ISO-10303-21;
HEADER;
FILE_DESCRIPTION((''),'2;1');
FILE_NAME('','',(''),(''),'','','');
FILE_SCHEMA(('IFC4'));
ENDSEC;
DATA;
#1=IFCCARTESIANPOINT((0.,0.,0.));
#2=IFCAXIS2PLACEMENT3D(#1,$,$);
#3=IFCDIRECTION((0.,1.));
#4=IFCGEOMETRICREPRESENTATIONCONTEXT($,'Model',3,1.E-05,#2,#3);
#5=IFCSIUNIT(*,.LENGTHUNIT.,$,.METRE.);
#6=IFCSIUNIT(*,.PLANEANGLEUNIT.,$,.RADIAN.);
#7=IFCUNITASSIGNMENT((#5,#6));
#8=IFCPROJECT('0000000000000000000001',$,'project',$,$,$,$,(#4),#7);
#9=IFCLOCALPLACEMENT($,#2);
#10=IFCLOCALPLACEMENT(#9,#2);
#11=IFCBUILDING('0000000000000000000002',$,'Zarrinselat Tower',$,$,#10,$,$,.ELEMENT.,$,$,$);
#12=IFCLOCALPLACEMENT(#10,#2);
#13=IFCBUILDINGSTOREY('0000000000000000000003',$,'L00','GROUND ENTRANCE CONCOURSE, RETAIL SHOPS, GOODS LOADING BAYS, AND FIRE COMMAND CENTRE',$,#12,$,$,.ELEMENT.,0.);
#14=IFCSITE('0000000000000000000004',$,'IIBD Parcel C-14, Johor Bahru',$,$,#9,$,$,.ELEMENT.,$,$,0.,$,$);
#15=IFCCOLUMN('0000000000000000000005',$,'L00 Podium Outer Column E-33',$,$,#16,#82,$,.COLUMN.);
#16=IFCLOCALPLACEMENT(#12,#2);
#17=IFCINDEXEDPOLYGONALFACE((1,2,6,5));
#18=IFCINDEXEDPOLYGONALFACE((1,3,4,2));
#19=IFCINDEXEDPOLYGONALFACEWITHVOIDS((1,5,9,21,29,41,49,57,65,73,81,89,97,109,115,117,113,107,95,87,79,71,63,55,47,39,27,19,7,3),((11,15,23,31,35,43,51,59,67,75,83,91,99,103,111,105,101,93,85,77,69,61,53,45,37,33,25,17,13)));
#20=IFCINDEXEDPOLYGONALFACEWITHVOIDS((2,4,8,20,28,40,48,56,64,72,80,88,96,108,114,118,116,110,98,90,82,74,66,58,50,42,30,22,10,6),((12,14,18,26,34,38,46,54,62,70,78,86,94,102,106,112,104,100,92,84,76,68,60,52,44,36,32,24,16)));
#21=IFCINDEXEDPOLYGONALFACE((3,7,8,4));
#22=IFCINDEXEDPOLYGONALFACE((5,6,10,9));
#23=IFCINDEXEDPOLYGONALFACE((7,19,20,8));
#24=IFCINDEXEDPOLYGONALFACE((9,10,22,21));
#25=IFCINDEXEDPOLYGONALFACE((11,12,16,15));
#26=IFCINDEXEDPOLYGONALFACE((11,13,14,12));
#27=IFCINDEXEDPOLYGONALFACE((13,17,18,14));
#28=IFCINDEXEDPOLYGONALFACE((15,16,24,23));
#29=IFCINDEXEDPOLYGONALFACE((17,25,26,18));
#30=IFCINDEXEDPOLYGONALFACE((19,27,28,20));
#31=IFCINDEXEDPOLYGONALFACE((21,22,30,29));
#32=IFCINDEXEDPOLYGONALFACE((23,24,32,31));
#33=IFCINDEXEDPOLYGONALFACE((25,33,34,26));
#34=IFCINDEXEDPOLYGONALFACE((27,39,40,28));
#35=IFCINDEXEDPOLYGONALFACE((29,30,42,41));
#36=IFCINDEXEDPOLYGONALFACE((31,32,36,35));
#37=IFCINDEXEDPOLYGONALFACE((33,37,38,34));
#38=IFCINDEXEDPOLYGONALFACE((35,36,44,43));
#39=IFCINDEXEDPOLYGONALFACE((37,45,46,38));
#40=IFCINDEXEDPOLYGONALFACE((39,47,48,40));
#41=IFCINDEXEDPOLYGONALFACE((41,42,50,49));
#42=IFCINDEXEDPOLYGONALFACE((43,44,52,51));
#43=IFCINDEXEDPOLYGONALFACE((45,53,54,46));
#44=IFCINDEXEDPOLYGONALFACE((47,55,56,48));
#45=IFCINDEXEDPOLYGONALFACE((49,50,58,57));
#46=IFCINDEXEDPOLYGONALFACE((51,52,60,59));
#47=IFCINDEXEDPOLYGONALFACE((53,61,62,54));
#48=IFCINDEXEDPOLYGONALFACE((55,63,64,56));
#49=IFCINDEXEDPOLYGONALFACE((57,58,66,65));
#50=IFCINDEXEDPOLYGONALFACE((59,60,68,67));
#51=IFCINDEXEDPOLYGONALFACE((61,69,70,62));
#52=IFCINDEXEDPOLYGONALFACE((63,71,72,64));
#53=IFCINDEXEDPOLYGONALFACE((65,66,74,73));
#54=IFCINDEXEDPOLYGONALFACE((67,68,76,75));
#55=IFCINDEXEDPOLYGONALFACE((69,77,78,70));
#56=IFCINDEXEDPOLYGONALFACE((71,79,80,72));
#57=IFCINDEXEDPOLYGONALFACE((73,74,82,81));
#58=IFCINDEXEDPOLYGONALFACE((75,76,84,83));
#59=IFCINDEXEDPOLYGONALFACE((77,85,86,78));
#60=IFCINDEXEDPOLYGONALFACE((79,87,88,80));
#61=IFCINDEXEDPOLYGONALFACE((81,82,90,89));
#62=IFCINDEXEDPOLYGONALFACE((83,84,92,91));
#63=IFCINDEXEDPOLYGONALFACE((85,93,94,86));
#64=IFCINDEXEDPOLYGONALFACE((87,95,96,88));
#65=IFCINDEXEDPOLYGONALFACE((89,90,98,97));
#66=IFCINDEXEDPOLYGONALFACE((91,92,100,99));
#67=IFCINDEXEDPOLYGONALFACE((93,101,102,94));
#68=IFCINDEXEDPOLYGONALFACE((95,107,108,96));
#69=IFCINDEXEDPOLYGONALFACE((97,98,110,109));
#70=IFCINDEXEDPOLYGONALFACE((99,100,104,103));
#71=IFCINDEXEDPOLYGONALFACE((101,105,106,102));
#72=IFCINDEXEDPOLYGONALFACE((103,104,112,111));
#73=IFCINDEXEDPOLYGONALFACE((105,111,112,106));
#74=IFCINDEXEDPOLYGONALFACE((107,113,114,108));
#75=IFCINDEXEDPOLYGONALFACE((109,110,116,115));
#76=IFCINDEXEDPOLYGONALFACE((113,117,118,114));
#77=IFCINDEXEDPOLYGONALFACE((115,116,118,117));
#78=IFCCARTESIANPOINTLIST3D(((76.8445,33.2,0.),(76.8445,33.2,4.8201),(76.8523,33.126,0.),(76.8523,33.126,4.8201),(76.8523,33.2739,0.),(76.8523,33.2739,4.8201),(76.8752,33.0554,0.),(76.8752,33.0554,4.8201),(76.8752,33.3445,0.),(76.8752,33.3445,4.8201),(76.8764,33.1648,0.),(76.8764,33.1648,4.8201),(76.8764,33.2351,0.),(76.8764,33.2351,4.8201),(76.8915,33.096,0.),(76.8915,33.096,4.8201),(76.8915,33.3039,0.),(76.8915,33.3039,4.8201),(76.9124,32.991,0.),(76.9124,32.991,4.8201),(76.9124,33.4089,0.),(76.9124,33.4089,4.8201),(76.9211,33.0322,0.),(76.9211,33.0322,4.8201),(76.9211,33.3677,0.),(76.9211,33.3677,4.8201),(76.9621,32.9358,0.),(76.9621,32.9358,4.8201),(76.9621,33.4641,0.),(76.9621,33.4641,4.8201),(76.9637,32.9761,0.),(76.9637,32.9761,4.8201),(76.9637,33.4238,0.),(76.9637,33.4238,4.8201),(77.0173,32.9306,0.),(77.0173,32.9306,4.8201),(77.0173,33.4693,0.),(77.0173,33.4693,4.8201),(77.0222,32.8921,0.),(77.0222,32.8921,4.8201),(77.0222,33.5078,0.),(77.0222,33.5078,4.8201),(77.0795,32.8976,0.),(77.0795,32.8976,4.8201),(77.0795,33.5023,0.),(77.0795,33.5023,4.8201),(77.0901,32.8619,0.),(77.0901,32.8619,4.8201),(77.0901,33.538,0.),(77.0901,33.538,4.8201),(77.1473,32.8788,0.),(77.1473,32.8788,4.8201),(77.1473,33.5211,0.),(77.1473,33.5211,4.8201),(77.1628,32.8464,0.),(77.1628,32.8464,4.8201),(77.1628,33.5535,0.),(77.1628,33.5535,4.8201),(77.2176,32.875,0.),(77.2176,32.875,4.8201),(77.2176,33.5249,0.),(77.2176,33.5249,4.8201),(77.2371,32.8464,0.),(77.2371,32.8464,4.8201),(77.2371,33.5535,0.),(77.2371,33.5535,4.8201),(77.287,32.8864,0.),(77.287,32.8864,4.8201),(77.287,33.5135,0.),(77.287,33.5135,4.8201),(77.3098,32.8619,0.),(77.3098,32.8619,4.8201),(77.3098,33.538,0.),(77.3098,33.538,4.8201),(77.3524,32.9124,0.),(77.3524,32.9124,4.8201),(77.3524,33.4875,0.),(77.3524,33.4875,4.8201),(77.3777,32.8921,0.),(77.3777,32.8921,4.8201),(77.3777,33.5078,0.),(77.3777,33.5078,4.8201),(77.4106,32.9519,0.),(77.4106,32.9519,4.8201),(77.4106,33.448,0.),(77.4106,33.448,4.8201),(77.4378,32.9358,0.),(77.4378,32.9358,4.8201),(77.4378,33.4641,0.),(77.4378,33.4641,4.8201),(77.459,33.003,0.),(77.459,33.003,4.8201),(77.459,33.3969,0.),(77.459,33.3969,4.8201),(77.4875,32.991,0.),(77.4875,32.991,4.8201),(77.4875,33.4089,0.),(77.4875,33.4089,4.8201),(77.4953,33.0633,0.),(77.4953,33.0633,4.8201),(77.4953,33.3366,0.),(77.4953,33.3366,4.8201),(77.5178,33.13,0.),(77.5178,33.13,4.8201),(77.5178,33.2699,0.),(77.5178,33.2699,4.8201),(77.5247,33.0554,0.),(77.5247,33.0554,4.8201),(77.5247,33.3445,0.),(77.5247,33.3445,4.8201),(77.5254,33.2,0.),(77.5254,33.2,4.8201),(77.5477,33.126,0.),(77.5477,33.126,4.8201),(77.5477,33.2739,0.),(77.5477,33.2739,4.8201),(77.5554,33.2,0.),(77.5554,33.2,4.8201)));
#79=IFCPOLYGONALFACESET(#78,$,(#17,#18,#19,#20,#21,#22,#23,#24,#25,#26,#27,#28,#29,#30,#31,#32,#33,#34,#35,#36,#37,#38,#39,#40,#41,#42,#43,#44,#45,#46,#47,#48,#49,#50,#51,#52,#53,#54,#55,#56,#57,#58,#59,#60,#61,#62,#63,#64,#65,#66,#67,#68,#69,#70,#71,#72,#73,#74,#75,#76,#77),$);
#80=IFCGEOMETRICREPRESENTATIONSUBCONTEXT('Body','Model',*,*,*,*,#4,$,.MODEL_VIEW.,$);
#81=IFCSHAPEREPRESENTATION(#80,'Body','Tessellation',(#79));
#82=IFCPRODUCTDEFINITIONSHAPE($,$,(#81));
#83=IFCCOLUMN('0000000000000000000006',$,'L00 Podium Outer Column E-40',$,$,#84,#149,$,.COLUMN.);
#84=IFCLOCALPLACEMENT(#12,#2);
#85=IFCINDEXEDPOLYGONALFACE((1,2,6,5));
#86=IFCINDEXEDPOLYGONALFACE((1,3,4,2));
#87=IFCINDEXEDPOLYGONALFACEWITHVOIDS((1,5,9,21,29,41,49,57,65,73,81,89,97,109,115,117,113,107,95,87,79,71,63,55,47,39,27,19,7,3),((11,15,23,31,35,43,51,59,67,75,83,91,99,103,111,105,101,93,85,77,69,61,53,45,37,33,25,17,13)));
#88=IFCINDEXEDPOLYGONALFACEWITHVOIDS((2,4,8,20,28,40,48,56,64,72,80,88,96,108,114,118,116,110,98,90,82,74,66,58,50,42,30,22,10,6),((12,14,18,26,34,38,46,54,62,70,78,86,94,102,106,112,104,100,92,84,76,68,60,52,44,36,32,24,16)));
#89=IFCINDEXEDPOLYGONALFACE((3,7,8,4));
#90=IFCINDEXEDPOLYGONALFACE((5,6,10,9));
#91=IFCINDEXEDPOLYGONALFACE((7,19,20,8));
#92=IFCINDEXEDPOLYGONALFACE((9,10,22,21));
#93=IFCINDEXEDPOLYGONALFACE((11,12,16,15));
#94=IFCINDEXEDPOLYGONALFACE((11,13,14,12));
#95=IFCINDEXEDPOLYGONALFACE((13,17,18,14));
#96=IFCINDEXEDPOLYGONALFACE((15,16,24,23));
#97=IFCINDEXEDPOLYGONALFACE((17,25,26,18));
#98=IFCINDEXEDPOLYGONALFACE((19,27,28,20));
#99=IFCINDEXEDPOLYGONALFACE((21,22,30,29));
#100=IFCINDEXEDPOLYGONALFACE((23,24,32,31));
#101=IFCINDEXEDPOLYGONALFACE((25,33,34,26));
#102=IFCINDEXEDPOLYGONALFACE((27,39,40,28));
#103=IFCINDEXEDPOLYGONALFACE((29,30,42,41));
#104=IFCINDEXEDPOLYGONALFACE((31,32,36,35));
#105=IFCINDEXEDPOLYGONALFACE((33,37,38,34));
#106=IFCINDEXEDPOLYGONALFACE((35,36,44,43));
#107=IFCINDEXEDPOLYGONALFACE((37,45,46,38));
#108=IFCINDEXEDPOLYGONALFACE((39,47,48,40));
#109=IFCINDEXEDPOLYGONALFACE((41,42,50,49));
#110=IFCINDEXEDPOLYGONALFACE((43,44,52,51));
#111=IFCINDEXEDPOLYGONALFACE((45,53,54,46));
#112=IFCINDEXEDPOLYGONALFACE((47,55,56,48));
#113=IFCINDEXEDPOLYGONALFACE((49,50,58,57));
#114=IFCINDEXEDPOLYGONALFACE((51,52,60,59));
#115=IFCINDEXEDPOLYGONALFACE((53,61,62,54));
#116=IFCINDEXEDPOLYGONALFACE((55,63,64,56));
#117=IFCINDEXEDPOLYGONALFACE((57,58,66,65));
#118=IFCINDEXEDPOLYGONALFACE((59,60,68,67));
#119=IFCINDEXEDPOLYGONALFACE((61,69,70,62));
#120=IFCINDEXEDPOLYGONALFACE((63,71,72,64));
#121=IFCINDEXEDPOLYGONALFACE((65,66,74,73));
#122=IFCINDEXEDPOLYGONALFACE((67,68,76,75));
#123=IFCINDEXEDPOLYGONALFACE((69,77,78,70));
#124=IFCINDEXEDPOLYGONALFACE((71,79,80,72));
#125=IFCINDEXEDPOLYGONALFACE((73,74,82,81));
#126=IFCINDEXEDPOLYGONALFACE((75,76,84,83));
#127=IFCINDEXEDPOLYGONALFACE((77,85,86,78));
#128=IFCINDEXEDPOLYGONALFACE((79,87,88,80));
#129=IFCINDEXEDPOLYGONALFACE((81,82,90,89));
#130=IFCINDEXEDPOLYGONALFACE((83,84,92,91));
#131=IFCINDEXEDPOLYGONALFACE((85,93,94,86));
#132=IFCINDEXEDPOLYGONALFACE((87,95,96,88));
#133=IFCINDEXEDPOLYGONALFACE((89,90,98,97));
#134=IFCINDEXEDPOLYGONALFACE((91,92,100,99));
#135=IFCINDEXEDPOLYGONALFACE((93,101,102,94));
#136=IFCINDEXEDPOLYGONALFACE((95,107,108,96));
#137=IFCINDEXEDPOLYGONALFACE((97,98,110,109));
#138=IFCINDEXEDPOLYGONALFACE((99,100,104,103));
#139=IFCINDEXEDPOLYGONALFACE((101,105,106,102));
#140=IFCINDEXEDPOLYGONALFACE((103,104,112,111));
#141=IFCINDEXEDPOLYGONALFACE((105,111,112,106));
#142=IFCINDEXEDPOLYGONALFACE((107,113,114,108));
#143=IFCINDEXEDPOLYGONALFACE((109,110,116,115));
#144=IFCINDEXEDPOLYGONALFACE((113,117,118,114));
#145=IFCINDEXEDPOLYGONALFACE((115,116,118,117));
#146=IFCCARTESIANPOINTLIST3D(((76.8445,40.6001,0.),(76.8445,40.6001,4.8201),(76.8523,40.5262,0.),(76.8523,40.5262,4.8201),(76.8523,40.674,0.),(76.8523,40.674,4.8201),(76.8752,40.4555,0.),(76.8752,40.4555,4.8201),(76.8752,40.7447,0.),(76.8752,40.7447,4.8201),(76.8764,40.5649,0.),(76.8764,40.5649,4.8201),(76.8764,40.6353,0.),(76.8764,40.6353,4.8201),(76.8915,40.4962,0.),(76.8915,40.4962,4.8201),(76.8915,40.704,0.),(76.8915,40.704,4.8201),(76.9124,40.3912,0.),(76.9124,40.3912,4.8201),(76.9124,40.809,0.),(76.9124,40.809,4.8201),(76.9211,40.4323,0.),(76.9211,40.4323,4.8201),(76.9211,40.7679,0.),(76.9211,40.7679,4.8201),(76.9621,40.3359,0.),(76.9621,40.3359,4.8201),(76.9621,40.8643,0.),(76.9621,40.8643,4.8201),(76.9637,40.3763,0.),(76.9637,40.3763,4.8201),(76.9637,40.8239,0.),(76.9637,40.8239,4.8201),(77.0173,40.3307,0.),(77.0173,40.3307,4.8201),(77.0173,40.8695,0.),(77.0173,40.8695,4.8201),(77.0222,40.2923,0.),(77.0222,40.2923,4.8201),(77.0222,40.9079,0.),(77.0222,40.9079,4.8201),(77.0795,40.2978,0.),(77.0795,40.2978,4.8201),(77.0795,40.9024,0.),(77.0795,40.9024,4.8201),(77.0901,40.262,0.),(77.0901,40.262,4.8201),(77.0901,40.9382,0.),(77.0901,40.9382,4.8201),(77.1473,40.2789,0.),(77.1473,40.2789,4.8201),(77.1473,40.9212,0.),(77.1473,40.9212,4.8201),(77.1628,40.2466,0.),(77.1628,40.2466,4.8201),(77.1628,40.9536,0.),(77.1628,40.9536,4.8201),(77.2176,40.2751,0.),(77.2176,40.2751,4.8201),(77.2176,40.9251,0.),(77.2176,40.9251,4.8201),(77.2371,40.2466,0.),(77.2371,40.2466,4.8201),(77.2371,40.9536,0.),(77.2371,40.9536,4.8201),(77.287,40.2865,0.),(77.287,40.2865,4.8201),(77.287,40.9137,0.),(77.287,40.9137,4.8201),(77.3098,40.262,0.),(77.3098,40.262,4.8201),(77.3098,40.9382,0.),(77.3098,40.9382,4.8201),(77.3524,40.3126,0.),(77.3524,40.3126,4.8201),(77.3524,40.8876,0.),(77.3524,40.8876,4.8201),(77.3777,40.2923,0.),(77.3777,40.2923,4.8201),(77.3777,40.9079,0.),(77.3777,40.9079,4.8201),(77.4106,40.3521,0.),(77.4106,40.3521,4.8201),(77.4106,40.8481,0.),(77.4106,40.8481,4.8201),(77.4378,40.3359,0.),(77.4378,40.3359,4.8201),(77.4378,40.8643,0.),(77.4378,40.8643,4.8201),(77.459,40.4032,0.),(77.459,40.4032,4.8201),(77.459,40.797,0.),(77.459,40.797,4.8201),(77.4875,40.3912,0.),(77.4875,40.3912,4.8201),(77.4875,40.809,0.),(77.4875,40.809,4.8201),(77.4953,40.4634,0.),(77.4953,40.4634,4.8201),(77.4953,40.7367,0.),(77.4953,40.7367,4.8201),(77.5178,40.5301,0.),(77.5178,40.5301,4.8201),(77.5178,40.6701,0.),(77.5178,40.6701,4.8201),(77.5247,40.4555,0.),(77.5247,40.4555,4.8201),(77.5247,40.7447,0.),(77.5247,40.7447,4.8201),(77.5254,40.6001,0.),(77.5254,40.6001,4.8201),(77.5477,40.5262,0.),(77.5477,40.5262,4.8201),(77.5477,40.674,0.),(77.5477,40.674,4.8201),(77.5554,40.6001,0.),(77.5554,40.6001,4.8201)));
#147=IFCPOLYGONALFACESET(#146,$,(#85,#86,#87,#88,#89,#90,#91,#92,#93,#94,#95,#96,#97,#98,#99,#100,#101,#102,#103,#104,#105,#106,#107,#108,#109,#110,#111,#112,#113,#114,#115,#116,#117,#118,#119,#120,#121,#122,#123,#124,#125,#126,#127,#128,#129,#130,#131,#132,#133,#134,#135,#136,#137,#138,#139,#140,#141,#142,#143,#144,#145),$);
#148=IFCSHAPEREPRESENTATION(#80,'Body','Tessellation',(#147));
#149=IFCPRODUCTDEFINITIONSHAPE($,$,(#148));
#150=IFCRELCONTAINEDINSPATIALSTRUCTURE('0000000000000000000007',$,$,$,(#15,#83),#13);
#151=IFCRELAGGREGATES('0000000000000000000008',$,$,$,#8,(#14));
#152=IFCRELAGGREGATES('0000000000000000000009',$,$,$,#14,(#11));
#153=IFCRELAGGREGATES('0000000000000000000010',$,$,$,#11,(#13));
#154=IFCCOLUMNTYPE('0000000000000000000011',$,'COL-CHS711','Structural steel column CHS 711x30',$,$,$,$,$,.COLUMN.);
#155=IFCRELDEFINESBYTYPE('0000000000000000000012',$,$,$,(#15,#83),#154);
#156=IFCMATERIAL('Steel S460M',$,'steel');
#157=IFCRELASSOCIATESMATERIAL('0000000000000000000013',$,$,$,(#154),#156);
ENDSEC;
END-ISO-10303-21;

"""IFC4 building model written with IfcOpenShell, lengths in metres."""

from ifc_helpers import new_model, si_unit, direction, frame, origin, origin_2d, place, context, subcontext, project, spatial, hollow_circle, extrude, material, material_profile, profile_set, type_object, element, save


model = new_model("IFC4")

# Units and contexts
model_context = context("Model", 3, precision=1e-05, world=origin(), true_north=direction((0.0, 1.0)))
body_context = subcontext(model_context, "Body", "Model", "MODEL_VIEW")
ifc_project = project(units=[si_unit("LENGTHUNIT", "METRE"), si_unit("PLANEANGLEUNIT", "RADIAN")], contexts=[model_context])

# Site, building, storey
site_placement = place(None, origin())
site = spatial("IfcSite", under=ifc_project, at=site_placement, Name="IIBD Parcel C-14, Johor Bahru", CompositionType="ELEMENT", RefElevation=0.0)
building_placement = place(site_placement, origin())
building = spatial("IfcBuilding", under=site, at=building_placement, Name="Zarrinselat Tower", CompositionType="ELEMENT")
storey_placement = place(building_placement, origin())
storey = spatial("IfcBuildingStorey", under=building, at=storey_placement, Name="L00", Description="GROUND ENTRANCE CONCOURSE, RETAIL SHOPS, GOODS LOADING BAYS, AND FIRE COMMAND CENTRE", CompositionType="ELEMENT", Elevation=0.0)

# Columns
ifc_material_1 = material(Name="Steel S460M", Category="steel")
ifc_material_profile_1 = material_profile(ifc_material_1, hollow_circle(Radius=0.3555, WallThickness=0.03, at=origin_2d()), Name="CHS 711x30")
ifc_profile_set_1 = profile_set([ifc_material_profile_1], Name="Steel S460M")
column_type = type_object("IfcColumnType", Name="COL-CHS711", Description="Structural steel column CHS 711x30", PredefinedType="COLUMN", material=ifc_profile_set_1)
for number, where, z_axis, x_axis, name in (
    (1, (77.2, 33.2, 0.0), (0.0, 0.0, 1.0), (1.0, 0.0, 0.0), "L00 Podium Outer Column E-33"),
    (2, (77.2, 40.6001, 0.0), (0.0, 0.0, 1.0), (1.0, 0.0, 0.0), "L00 Podium Outer Column E-40"),
):
    element("IfcColumn", number, at=place(storey_placement, frame(where, z_axis=z_axis, x_axis=x_axis)), inside=storey, type_object=column_type, Name=name, PredefinedType="COLUMN", context=body_context, shape_type="SweptSolid", body=[
        extrude(hollow_circle(Radius=0.3555, WallThickness=0.03, at=origin_2d()), origin(), (0.0, 0.0, 1.0), 4.8201),
    ])

save(model, "model.ifc")
